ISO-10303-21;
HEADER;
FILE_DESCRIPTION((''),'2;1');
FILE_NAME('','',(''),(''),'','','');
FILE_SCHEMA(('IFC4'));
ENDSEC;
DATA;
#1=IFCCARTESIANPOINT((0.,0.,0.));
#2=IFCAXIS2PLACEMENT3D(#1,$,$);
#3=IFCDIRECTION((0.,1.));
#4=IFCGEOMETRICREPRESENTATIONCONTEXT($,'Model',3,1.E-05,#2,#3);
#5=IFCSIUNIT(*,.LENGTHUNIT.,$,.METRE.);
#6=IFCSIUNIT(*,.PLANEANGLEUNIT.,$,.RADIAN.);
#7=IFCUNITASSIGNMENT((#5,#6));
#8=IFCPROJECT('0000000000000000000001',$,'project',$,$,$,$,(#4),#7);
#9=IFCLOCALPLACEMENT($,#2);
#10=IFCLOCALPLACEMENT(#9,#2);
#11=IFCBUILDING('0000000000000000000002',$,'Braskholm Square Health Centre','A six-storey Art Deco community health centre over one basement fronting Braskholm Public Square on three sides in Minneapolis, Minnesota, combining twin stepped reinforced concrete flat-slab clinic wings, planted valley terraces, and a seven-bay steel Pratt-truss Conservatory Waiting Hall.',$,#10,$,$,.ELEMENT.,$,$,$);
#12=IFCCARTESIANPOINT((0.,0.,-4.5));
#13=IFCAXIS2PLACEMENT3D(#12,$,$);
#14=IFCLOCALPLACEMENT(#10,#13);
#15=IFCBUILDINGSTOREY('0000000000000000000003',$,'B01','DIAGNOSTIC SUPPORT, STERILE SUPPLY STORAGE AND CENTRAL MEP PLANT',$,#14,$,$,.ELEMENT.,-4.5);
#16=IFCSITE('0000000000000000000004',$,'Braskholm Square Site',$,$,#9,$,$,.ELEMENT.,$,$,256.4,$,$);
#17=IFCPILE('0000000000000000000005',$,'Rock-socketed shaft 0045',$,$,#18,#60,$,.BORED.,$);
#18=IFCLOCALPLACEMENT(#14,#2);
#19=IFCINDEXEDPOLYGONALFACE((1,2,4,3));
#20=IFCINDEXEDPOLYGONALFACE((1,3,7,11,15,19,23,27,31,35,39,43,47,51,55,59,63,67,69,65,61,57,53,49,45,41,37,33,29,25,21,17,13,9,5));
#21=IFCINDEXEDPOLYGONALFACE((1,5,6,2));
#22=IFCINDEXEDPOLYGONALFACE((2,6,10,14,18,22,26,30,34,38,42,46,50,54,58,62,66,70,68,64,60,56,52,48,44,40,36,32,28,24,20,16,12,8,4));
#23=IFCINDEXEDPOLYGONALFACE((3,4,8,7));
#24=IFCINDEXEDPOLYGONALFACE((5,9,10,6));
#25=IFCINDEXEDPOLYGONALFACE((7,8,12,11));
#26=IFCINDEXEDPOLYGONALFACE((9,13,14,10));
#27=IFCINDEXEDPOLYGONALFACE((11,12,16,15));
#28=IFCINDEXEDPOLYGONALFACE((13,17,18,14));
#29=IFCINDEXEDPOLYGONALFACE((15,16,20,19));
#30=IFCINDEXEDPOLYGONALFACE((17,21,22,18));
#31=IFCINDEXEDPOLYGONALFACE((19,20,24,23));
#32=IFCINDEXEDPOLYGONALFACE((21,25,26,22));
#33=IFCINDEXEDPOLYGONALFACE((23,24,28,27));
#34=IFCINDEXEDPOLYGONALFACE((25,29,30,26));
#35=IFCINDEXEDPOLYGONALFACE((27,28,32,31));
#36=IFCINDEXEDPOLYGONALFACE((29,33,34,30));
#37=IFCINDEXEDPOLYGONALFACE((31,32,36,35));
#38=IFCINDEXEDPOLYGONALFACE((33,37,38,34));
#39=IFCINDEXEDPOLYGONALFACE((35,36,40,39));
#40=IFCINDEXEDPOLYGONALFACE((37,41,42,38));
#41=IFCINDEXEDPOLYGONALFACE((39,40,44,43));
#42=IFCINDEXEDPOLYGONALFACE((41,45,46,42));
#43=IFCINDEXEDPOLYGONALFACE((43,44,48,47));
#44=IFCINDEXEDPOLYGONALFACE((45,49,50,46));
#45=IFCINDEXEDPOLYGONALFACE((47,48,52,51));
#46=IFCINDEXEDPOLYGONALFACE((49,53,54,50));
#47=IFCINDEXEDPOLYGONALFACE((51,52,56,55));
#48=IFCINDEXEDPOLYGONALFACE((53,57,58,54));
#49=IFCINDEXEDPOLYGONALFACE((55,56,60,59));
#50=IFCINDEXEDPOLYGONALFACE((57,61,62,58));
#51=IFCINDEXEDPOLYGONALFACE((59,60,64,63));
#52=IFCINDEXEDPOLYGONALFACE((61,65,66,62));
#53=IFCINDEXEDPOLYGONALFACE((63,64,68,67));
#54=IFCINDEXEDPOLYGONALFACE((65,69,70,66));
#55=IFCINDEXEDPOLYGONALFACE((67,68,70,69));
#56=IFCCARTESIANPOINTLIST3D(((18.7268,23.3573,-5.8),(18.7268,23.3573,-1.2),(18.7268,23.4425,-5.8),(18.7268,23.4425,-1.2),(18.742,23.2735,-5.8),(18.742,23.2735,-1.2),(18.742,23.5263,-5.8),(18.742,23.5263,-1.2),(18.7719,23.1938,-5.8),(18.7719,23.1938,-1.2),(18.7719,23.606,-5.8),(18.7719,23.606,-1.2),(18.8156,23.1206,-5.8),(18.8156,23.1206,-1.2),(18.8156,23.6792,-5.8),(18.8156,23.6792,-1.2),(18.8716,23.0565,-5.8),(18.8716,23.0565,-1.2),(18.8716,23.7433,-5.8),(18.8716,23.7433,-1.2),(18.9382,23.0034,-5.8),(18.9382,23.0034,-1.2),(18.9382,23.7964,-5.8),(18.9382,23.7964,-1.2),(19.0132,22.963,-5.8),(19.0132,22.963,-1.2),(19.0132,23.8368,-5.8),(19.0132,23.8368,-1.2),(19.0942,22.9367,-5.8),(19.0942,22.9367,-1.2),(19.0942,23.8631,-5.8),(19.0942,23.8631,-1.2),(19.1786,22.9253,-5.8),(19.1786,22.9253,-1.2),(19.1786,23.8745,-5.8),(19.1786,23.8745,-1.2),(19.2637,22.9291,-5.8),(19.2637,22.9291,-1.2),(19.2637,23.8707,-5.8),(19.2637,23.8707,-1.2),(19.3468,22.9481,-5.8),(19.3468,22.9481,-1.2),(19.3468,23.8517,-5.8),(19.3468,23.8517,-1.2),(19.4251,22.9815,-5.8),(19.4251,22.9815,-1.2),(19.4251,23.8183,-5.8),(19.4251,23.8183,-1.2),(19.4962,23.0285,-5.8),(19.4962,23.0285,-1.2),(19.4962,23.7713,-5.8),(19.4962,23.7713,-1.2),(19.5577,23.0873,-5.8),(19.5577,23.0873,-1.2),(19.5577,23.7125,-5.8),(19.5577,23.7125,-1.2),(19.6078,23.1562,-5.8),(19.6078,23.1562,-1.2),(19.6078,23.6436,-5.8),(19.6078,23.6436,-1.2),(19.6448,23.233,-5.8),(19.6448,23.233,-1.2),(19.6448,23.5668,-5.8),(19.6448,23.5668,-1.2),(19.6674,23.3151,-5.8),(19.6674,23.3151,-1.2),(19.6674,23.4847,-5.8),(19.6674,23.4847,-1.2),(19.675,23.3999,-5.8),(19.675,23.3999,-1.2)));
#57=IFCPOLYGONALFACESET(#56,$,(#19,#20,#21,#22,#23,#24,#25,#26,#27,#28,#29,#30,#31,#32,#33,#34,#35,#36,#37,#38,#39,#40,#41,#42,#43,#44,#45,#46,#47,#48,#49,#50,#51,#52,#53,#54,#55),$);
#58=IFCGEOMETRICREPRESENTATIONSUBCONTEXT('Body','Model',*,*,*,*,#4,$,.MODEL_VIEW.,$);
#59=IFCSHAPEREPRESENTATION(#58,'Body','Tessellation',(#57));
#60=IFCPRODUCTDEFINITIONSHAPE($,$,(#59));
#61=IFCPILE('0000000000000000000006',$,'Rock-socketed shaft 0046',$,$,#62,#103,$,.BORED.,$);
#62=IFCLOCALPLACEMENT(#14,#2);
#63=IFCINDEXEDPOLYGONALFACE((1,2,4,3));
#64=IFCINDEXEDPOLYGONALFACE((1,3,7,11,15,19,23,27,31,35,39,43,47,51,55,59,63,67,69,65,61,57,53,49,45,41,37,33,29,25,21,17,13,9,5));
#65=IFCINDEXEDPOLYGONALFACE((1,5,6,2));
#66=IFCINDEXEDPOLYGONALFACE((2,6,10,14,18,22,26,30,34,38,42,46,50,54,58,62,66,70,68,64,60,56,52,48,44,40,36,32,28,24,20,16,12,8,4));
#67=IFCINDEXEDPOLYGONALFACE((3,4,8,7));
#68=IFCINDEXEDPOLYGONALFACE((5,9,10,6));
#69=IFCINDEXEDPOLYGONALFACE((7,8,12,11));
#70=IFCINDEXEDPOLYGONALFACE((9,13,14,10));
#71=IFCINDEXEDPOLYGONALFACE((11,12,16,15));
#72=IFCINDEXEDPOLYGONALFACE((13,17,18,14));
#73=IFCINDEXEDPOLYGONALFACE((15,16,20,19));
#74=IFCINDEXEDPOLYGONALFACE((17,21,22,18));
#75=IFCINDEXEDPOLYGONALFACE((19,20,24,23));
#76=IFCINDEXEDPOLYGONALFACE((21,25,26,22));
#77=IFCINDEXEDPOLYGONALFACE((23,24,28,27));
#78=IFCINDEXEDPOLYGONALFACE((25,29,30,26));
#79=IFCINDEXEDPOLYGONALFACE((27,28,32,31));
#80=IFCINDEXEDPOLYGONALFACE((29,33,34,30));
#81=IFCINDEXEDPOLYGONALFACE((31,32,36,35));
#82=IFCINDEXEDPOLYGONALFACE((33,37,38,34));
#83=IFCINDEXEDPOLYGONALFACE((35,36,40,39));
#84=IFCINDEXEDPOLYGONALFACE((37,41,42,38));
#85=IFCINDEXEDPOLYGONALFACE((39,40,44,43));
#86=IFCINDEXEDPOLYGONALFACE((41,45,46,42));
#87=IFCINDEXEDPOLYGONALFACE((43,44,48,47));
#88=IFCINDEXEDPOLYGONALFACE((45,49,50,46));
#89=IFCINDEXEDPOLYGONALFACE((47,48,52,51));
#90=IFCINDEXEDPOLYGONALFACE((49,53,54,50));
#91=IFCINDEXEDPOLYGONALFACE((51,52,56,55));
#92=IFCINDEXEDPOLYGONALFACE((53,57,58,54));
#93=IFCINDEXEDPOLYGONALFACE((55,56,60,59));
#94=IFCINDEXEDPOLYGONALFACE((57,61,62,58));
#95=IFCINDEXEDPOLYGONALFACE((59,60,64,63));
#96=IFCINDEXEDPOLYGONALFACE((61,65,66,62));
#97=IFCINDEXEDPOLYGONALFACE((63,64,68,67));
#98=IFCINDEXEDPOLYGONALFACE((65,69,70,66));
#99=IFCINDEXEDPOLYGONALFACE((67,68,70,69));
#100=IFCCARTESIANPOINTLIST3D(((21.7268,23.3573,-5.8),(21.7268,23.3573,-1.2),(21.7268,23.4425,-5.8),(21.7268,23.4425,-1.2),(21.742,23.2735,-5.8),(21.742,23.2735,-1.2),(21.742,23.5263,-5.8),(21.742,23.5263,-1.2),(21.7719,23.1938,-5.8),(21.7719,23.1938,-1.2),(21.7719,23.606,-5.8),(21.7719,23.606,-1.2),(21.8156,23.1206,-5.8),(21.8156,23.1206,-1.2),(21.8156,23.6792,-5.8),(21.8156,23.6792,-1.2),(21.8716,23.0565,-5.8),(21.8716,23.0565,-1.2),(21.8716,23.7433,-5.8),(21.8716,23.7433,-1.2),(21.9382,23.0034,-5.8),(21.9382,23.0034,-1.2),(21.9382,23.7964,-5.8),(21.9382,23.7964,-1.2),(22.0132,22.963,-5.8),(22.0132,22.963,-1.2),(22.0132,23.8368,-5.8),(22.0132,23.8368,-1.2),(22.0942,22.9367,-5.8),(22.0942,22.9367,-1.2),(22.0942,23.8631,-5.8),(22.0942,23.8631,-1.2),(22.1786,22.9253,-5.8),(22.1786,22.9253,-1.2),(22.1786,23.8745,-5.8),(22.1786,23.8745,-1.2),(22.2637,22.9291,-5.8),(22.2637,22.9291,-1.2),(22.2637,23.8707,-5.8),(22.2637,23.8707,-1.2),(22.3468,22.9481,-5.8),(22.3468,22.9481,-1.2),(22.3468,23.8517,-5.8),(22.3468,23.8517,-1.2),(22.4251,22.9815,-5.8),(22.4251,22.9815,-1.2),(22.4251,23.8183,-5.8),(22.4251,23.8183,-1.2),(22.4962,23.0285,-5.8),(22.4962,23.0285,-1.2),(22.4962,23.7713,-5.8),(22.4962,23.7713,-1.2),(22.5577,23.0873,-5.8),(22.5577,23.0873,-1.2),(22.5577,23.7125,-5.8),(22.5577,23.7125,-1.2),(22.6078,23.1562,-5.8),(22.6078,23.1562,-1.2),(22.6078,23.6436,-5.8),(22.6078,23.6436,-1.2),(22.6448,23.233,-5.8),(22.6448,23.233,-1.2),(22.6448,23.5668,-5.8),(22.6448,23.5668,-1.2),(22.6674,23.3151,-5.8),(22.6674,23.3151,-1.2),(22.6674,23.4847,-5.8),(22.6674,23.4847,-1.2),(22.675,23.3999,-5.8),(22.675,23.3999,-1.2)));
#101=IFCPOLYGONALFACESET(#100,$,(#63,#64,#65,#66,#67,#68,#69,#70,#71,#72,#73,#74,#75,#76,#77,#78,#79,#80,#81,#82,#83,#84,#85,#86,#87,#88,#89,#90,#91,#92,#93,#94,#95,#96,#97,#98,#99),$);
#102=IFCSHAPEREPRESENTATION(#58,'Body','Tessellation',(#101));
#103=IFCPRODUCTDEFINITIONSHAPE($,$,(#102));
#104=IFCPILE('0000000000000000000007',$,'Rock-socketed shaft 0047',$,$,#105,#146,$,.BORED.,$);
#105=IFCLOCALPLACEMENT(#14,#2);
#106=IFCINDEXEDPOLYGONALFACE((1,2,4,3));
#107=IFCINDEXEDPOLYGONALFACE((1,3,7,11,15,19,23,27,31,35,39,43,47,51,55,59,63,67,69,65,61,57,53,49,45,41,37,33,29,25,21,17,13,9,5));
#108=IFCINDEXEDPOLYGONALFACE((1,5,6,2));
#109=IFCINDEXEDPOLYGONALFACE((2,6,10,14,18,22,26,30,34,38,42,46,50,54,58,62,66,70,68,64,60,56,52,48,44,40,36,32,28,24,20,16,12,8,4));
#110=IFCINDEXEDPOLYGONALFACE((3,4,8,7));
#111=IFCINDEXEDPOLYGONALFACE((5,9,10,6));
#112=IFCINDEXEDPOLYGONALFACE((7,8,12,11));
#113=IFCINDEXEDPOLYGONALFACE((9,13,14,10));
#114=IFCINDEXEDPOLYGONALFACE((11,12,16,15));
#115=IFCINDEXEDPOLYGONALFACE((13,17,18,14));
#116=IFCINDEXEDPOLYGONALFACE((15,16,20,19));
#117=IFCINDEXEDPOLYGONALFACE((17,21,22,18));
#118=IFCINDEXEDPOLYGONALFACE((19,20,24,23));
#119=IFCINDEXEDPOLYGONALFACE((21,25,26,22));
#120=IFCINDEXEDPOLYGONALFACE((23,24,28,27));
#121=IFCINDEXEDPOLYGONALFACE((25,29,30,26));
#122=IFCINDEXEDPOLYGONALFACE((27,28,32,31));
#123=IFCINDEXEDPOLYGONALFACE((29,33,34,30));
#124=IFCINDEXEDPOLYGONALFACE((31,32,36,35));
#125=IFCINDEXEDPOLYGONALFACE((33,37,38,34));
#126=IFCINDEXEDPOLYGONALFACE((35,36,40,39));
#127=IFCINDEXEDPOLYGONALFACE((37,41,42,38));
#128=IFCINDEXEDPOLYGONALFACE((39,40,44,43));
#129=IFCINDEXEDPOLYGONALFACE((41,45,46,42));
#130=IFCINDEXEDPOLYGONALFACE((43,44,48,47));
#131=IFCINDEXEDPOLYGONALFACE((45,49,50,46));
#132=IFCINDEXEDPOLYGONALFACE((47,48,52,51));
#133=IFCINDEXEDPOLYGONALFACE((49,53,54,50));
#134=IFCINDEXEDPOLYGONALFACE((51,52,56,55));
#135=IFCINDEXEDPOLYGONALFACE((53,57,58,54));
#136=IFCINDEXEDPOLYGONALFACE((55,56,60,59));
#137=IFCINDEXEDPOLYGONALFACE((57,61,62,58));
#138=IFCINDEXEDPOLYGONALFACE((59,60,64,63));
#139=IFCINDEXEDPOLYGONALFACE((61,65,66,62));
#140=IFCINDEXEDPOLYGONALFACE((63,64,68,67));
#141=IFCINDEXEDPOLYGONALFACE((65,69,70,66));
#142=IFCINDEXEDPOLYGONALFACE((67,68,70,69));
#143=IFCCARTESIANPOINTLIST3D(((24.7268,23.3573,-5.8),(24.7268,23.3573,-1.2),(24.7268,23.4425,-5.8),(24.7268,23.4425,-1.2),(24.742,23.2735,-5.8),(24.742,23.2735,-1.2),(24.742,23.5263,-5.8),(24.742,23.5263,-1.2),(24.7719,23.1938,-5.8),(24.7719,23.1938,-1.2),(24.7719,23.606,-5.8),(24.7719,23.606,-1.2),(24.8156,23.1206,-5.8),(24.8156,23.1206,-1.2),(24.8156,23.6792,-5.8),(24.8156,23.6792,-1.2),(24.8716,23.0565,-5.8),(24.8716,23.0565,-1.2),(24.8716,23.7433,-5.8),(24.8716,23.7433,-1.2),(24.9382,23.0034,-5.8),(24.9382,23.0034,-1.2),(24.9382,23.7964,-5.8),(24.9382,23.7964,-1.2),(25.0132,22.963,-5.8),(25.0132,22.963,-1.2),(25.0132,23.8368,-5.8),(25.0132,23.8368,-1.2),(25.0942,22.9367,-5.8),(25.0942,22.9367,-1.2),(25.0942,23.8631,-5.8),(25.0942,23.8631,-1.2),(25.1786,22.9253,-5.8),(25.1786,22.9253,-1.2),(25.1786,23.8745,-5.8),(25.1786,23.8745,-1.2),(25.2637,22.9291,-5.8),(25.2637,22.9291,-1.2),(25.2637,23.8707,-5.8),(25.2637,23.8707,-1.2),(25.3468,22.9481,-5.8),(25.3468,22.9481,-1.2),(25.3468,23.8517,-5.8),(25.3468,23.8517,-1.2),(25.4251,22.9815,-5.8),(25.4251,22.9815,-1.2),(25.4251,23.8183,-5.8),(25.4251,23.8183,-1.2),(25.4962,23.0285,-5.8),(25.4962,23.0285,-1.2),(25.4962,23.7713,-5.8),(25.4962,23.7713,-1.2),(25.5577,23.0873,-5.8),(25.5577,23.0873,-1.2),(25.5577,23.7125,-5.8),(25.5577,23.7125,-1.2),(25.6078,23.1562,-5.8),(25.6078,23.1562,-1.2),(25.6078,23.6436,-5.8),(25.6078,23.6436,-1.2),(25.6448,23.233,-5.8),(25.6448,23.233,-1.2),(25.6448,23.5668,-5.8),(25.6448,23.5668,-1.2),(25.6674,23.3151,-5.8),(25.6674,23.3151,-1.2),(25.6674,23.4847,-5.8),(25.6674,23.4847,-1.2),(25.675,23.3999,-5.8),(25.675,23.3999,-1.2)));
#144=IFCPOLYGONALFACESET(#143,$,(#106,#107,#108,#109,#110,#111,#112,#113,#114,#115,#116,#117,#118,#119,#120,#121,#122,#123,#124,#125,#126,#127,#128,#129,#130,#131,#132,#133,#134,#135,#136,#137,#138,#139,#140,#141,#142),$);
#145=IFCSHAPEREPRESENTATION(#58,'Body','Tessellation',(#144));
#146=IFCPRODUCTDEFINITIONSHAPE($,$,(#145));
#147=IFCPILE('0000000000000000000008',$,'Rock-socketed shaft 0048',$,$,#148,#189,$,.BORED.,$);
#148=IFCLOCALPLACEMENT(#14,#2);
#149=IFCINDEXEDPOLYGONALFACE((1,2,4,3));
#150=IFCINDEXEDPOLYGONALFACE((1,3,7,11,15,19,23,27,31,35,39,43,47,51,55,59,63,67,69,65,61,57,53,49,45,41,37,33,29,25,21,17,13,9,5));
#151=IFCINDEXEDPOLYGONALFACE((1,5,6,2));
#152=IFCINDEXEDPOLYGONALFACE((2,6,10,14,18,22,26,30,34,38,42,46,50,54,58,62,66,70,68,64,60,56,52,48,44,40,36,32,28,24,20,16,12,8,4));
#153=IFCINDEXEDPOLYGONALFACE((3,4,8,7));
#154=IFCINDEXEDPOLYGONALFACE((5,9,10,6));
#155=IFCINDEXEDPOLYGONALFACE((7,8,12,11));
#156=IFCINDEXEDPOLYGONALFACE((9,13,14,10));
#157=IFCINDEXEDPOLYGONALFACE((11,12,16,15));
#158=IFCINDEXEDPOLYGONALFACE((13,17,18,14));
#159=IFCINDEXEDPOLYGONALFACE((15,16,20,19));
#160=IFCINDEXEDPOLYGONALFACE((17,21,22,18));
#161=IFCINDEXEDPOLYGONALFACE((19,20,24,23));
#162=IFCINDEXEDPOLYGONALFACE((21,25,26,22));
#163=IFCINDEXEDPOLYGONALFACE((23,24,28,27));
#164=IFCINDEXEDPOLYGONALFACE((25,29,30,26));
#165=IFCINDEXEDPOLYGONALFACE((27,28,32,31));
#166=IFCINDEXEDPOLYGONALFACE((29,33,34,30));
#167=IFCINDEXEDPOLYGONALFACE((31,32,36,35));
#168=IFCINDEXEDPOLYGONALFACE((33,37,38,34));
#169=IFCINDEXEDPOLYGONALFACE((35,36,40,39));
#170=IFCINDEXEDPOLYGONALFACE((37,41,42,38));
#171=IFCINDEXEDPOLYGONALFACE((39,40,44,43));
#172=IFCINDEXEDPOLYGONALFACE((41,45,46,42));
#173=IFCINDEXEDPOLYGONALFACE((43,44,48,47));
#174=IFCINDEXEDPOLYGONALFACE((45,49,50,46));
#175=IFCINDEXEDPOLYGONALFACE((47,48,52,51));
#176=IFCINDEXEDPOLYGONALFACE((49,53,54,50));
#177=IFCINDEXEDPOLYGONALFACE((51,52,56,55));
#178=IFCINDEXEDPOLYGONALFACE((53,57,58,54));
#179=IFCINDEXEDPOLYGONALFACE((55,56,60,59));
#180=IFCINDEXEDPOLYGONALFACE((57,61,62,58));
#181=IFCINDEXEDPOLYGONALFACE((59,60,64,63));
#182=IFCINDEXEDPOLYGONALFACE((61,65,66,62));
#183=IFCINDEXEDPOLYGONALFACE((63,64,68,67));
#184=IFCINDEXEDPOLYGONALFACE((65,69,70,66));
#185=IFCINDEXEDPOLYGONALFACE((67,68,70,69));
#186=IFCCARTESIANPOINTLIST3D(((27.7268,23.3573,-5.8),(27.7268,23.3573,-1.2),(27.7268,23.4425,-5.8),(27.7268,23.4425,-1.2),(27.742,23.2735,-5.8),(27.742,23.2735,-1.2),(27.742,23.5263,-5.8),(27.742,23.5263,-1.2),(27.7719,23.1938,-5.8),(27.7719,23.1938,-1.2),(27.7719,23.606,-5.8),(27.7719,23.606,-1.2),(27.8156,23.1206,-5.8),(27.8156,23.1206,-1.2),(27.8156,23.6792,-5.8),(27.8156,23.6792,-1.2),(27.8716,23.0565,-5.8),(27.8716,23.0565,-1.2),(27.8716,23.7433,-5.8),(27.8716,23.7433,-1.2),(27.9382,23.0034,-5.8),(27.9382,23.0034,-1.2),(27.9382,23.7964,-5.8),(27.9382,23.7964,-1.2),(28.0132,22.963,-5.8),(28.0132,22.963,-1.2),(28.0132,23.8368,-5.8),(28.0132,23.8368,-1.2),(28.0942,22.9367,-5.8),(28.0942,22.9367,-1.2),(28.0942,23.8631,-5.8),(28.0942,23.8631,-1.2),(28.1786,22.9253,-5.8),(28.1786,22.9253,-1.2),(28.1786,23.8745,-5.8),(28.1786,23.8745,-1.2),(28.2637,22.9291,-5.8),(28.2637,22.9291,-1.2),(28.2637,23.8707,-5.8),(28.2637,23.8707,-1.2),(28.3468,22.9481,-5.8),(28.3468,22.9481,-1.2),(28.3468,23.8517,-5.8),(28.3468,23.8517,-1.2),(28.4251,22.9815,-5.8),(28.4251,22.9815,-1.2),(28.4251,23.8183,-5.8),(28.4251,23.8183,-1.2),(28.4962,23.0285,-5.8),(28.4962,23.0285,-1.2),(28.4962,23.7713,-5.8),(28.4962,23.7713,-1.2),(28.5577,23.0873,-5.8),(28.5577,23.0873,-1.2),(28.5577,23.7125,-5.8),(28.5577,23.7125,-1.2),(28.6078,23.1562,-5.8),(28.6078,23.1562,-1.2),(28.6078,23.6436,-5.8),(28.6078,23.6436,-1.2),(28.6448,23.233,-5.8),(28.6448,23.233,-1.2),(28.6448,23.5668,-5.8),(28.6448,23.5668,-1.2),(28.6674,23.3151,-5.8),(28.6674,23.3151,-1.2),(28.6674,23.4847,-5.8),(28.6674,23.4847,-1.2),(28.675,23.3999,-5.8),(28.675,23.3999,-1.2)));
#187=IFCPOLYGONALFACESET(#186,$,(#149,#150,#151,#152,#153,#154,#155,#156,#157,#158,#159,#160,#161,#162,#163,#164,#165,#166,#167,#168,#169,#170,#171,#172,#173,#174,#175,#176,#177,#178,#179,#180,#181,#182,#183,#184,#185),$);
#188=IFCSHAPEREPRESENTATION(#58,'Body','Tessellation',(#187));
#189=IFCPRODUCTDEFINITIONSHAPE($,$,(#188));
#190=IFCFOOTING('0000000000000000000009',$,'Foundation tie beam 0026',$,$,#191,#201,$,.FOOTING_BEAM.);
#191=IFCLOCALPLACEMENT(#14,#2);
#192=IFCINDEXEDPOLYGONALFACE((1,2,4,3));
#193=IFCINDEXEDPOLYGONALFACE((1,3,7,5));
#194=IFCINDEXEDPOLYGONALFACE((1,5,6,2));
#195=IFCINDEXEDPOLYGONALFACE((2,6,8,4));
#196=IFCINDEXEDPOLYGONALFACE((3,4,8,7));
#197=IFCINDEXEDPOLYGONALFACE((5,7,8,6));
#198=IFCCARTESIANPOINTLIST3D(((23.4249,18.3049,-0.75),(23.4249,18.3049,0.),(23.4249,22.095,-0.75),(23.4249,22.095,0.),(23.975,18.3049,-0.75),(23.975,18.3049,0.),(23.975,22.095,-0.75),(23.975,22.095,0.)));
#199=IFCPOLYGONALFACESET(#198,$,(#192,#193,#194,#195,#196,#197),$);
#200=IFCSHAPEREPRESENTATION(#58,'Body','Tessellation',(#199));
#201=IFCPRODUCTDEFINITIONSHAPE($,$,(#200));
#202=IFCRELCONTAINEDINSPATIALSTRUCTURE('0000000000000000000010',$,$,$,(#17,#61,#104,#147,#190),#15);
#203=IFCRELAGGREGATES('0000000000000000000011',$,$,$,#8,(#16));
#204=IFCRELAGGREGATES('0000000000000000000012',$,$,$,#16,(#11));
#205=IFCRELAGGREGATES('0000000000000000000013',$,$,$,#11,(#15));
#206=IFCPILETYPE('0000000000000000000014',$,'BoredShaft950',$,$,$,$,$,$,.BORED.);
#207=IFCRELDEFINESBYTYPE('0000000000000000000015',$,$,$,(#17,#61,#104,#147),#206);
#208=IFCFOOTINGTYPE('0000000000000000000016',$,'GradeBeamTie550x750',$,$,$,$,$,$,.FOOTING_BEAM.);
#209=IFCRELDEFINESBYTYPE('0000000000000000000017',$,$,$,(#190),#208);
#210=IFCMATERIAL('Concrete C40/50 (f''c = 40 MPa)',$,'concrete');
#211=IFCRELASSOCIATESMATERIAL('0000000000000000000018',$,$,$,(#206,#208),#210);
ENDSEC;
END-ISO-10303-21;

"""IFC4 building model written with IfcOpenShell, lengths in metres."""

from ifc_helpers import new_model, si_unit, direction, frame, origin, origin_2d, place, context, subcontext, project, spatial, rectangle, circle, extrude, material, material_profile, profile_set, type_object, element, save


model = new_model("IFC4")

# Units and contexts
model_context = context("Model", 3, precision=1e-05, world=origin(), true_north=direction((0.0, 1.0)))
body_context = subcontext(model_context, "Body", "Model", "MODEL_VIEW")
ifc_project = project(units=[si_unit("LENGTHUNIT", "METRE"), si_unit("PLANEANGLEUNIT", "RADIAN")], contexts=[model_context])

# Site, building, storey
site_placement = place(None, origin())
site = spatial("IfcSite", under=ifc_project, at=site_placement, Name="Braskholm Square Site", CompositionType="ELEMENT", RefElevation=256.4)
building_placement = place(site_placement, origin())
building = spatial("IfcBuilding", under=site, at=building_placement, Name="Braskholm Square Health Centre", Description="A six-storey Art Deco community health centre over one basement fronting Braskholm Public Square on three sides in Minneapolis, Minnesota, combining twin stepped reinforced concrete flat-slab clinic wings, planted valley terraces, and a seven-bay steel Pratt-truss Conservatory Waiting Hall.", CompositionType="ELEMENT")
storey_placement = place(building_placement, frame((0.0, 0.0, -4.5)))
storey = spatial("IfcBuildingStorey", under=building, at=storey_placement, Name="B01", Description="DIAGNOSTIC SUPPORT, STERILE SUPPLY STORAGE AND CENTRAL MEP PLANT", CompositionType="ELEMENT", Elevation=-4.5)

# Piles
ifc_material_1 = material(Name="Concrete C40/50 (f'c = 40 MPa)", Category="concrete")
ifc_material_profile_1 = material_profile(ifc_material_1, circle(Radius=0.4751, at=origin_2d()), Name="BORED-PILE-950")
ifc_profile_set_1 = profile_set([ifc_material_profile_1], Name="Concrete C40/50 (f'c = 40 MPa)")
pile_type_1 = type_object("IfcPileType", Name="BoredShaft950", PredefinedType="BORED", material=ifc_profile_set_1)
for number, where, z_axis, x_axis, name in (
    (1, (19.2, 23.3999, -1.2), (0.0, 0.0, -1.0), (1.0, 0.0, 0.0), "Rock-socketed shaft 0045"),
    (2, (22.2, 23.3999, -1.2), (0.0, 0.0, -1.0), (1.0, 0.0, 0.0), "Rock-socketed shaft 0046"),
    (3, (25.2, 23.3999, -1.2), (0.0, 0.0, -1.0), (1.0, 0.0, 0.0), "Rock-socketed shaft 0047"),
    (4, (28.2, 23.3999, -1.2), (0.0, 0.0, -1.0), (1.0, 0.0, 0.0), "Rock-socketed shaft 0048"),
):
    element("IfcPile", number, at=place(storey_placement, frame(where, z_axis=z_axis, x_axis=x_axis)), inside=storey, type_object=pile_type_1, Name=name, PredefinedType="BORED", context=body_context, shape_type="SweptSolid", body=[
        extrude(circle(Radius=0.4751, at=origin_2d()), origin(), (0.0, 0.0, 1.0), 4.6001),
    ])

# Footing
ifc_material_profile_2 = material_profile(ifc_material_1, rectangle(XDim=0.55, YDim=0.75, at=origin_2d()), Name="FTG-550X750")
ifc_profile_set_2 = profile_set([ifc_material_profile_2], Name="Concrete C40/50 (f'c = 40 MPa)")
footing_type_1 = type_object("IfcFootingType", Name="GradeBeamTie550x750", PredefinedType="FOOTING_BEAM", material=ifc_profile_set_2)
footing_1_placement = place(storey_placement, frame((23.7, 18.3049, -0.375), z_axis=(0.0, 1.0, 0.0), x_axis=(-1.0, 0.0, 0.0)))
element("IfcFooting", 5, at=footing_1_placement, inside=storey, type_object=footing_type_1, Name="Foundation tie beam 0026", PredefinedType="FOOTING_BEAM", context=body_context, shape_type="SweptSolid", body=[
    extrude(rectangle(XDim=0.55, YDim=0.75, at=origin_2d()), origin(), (0.0, 0.0, 1.0), 3.79),
])

save(model, "model.ifc")
